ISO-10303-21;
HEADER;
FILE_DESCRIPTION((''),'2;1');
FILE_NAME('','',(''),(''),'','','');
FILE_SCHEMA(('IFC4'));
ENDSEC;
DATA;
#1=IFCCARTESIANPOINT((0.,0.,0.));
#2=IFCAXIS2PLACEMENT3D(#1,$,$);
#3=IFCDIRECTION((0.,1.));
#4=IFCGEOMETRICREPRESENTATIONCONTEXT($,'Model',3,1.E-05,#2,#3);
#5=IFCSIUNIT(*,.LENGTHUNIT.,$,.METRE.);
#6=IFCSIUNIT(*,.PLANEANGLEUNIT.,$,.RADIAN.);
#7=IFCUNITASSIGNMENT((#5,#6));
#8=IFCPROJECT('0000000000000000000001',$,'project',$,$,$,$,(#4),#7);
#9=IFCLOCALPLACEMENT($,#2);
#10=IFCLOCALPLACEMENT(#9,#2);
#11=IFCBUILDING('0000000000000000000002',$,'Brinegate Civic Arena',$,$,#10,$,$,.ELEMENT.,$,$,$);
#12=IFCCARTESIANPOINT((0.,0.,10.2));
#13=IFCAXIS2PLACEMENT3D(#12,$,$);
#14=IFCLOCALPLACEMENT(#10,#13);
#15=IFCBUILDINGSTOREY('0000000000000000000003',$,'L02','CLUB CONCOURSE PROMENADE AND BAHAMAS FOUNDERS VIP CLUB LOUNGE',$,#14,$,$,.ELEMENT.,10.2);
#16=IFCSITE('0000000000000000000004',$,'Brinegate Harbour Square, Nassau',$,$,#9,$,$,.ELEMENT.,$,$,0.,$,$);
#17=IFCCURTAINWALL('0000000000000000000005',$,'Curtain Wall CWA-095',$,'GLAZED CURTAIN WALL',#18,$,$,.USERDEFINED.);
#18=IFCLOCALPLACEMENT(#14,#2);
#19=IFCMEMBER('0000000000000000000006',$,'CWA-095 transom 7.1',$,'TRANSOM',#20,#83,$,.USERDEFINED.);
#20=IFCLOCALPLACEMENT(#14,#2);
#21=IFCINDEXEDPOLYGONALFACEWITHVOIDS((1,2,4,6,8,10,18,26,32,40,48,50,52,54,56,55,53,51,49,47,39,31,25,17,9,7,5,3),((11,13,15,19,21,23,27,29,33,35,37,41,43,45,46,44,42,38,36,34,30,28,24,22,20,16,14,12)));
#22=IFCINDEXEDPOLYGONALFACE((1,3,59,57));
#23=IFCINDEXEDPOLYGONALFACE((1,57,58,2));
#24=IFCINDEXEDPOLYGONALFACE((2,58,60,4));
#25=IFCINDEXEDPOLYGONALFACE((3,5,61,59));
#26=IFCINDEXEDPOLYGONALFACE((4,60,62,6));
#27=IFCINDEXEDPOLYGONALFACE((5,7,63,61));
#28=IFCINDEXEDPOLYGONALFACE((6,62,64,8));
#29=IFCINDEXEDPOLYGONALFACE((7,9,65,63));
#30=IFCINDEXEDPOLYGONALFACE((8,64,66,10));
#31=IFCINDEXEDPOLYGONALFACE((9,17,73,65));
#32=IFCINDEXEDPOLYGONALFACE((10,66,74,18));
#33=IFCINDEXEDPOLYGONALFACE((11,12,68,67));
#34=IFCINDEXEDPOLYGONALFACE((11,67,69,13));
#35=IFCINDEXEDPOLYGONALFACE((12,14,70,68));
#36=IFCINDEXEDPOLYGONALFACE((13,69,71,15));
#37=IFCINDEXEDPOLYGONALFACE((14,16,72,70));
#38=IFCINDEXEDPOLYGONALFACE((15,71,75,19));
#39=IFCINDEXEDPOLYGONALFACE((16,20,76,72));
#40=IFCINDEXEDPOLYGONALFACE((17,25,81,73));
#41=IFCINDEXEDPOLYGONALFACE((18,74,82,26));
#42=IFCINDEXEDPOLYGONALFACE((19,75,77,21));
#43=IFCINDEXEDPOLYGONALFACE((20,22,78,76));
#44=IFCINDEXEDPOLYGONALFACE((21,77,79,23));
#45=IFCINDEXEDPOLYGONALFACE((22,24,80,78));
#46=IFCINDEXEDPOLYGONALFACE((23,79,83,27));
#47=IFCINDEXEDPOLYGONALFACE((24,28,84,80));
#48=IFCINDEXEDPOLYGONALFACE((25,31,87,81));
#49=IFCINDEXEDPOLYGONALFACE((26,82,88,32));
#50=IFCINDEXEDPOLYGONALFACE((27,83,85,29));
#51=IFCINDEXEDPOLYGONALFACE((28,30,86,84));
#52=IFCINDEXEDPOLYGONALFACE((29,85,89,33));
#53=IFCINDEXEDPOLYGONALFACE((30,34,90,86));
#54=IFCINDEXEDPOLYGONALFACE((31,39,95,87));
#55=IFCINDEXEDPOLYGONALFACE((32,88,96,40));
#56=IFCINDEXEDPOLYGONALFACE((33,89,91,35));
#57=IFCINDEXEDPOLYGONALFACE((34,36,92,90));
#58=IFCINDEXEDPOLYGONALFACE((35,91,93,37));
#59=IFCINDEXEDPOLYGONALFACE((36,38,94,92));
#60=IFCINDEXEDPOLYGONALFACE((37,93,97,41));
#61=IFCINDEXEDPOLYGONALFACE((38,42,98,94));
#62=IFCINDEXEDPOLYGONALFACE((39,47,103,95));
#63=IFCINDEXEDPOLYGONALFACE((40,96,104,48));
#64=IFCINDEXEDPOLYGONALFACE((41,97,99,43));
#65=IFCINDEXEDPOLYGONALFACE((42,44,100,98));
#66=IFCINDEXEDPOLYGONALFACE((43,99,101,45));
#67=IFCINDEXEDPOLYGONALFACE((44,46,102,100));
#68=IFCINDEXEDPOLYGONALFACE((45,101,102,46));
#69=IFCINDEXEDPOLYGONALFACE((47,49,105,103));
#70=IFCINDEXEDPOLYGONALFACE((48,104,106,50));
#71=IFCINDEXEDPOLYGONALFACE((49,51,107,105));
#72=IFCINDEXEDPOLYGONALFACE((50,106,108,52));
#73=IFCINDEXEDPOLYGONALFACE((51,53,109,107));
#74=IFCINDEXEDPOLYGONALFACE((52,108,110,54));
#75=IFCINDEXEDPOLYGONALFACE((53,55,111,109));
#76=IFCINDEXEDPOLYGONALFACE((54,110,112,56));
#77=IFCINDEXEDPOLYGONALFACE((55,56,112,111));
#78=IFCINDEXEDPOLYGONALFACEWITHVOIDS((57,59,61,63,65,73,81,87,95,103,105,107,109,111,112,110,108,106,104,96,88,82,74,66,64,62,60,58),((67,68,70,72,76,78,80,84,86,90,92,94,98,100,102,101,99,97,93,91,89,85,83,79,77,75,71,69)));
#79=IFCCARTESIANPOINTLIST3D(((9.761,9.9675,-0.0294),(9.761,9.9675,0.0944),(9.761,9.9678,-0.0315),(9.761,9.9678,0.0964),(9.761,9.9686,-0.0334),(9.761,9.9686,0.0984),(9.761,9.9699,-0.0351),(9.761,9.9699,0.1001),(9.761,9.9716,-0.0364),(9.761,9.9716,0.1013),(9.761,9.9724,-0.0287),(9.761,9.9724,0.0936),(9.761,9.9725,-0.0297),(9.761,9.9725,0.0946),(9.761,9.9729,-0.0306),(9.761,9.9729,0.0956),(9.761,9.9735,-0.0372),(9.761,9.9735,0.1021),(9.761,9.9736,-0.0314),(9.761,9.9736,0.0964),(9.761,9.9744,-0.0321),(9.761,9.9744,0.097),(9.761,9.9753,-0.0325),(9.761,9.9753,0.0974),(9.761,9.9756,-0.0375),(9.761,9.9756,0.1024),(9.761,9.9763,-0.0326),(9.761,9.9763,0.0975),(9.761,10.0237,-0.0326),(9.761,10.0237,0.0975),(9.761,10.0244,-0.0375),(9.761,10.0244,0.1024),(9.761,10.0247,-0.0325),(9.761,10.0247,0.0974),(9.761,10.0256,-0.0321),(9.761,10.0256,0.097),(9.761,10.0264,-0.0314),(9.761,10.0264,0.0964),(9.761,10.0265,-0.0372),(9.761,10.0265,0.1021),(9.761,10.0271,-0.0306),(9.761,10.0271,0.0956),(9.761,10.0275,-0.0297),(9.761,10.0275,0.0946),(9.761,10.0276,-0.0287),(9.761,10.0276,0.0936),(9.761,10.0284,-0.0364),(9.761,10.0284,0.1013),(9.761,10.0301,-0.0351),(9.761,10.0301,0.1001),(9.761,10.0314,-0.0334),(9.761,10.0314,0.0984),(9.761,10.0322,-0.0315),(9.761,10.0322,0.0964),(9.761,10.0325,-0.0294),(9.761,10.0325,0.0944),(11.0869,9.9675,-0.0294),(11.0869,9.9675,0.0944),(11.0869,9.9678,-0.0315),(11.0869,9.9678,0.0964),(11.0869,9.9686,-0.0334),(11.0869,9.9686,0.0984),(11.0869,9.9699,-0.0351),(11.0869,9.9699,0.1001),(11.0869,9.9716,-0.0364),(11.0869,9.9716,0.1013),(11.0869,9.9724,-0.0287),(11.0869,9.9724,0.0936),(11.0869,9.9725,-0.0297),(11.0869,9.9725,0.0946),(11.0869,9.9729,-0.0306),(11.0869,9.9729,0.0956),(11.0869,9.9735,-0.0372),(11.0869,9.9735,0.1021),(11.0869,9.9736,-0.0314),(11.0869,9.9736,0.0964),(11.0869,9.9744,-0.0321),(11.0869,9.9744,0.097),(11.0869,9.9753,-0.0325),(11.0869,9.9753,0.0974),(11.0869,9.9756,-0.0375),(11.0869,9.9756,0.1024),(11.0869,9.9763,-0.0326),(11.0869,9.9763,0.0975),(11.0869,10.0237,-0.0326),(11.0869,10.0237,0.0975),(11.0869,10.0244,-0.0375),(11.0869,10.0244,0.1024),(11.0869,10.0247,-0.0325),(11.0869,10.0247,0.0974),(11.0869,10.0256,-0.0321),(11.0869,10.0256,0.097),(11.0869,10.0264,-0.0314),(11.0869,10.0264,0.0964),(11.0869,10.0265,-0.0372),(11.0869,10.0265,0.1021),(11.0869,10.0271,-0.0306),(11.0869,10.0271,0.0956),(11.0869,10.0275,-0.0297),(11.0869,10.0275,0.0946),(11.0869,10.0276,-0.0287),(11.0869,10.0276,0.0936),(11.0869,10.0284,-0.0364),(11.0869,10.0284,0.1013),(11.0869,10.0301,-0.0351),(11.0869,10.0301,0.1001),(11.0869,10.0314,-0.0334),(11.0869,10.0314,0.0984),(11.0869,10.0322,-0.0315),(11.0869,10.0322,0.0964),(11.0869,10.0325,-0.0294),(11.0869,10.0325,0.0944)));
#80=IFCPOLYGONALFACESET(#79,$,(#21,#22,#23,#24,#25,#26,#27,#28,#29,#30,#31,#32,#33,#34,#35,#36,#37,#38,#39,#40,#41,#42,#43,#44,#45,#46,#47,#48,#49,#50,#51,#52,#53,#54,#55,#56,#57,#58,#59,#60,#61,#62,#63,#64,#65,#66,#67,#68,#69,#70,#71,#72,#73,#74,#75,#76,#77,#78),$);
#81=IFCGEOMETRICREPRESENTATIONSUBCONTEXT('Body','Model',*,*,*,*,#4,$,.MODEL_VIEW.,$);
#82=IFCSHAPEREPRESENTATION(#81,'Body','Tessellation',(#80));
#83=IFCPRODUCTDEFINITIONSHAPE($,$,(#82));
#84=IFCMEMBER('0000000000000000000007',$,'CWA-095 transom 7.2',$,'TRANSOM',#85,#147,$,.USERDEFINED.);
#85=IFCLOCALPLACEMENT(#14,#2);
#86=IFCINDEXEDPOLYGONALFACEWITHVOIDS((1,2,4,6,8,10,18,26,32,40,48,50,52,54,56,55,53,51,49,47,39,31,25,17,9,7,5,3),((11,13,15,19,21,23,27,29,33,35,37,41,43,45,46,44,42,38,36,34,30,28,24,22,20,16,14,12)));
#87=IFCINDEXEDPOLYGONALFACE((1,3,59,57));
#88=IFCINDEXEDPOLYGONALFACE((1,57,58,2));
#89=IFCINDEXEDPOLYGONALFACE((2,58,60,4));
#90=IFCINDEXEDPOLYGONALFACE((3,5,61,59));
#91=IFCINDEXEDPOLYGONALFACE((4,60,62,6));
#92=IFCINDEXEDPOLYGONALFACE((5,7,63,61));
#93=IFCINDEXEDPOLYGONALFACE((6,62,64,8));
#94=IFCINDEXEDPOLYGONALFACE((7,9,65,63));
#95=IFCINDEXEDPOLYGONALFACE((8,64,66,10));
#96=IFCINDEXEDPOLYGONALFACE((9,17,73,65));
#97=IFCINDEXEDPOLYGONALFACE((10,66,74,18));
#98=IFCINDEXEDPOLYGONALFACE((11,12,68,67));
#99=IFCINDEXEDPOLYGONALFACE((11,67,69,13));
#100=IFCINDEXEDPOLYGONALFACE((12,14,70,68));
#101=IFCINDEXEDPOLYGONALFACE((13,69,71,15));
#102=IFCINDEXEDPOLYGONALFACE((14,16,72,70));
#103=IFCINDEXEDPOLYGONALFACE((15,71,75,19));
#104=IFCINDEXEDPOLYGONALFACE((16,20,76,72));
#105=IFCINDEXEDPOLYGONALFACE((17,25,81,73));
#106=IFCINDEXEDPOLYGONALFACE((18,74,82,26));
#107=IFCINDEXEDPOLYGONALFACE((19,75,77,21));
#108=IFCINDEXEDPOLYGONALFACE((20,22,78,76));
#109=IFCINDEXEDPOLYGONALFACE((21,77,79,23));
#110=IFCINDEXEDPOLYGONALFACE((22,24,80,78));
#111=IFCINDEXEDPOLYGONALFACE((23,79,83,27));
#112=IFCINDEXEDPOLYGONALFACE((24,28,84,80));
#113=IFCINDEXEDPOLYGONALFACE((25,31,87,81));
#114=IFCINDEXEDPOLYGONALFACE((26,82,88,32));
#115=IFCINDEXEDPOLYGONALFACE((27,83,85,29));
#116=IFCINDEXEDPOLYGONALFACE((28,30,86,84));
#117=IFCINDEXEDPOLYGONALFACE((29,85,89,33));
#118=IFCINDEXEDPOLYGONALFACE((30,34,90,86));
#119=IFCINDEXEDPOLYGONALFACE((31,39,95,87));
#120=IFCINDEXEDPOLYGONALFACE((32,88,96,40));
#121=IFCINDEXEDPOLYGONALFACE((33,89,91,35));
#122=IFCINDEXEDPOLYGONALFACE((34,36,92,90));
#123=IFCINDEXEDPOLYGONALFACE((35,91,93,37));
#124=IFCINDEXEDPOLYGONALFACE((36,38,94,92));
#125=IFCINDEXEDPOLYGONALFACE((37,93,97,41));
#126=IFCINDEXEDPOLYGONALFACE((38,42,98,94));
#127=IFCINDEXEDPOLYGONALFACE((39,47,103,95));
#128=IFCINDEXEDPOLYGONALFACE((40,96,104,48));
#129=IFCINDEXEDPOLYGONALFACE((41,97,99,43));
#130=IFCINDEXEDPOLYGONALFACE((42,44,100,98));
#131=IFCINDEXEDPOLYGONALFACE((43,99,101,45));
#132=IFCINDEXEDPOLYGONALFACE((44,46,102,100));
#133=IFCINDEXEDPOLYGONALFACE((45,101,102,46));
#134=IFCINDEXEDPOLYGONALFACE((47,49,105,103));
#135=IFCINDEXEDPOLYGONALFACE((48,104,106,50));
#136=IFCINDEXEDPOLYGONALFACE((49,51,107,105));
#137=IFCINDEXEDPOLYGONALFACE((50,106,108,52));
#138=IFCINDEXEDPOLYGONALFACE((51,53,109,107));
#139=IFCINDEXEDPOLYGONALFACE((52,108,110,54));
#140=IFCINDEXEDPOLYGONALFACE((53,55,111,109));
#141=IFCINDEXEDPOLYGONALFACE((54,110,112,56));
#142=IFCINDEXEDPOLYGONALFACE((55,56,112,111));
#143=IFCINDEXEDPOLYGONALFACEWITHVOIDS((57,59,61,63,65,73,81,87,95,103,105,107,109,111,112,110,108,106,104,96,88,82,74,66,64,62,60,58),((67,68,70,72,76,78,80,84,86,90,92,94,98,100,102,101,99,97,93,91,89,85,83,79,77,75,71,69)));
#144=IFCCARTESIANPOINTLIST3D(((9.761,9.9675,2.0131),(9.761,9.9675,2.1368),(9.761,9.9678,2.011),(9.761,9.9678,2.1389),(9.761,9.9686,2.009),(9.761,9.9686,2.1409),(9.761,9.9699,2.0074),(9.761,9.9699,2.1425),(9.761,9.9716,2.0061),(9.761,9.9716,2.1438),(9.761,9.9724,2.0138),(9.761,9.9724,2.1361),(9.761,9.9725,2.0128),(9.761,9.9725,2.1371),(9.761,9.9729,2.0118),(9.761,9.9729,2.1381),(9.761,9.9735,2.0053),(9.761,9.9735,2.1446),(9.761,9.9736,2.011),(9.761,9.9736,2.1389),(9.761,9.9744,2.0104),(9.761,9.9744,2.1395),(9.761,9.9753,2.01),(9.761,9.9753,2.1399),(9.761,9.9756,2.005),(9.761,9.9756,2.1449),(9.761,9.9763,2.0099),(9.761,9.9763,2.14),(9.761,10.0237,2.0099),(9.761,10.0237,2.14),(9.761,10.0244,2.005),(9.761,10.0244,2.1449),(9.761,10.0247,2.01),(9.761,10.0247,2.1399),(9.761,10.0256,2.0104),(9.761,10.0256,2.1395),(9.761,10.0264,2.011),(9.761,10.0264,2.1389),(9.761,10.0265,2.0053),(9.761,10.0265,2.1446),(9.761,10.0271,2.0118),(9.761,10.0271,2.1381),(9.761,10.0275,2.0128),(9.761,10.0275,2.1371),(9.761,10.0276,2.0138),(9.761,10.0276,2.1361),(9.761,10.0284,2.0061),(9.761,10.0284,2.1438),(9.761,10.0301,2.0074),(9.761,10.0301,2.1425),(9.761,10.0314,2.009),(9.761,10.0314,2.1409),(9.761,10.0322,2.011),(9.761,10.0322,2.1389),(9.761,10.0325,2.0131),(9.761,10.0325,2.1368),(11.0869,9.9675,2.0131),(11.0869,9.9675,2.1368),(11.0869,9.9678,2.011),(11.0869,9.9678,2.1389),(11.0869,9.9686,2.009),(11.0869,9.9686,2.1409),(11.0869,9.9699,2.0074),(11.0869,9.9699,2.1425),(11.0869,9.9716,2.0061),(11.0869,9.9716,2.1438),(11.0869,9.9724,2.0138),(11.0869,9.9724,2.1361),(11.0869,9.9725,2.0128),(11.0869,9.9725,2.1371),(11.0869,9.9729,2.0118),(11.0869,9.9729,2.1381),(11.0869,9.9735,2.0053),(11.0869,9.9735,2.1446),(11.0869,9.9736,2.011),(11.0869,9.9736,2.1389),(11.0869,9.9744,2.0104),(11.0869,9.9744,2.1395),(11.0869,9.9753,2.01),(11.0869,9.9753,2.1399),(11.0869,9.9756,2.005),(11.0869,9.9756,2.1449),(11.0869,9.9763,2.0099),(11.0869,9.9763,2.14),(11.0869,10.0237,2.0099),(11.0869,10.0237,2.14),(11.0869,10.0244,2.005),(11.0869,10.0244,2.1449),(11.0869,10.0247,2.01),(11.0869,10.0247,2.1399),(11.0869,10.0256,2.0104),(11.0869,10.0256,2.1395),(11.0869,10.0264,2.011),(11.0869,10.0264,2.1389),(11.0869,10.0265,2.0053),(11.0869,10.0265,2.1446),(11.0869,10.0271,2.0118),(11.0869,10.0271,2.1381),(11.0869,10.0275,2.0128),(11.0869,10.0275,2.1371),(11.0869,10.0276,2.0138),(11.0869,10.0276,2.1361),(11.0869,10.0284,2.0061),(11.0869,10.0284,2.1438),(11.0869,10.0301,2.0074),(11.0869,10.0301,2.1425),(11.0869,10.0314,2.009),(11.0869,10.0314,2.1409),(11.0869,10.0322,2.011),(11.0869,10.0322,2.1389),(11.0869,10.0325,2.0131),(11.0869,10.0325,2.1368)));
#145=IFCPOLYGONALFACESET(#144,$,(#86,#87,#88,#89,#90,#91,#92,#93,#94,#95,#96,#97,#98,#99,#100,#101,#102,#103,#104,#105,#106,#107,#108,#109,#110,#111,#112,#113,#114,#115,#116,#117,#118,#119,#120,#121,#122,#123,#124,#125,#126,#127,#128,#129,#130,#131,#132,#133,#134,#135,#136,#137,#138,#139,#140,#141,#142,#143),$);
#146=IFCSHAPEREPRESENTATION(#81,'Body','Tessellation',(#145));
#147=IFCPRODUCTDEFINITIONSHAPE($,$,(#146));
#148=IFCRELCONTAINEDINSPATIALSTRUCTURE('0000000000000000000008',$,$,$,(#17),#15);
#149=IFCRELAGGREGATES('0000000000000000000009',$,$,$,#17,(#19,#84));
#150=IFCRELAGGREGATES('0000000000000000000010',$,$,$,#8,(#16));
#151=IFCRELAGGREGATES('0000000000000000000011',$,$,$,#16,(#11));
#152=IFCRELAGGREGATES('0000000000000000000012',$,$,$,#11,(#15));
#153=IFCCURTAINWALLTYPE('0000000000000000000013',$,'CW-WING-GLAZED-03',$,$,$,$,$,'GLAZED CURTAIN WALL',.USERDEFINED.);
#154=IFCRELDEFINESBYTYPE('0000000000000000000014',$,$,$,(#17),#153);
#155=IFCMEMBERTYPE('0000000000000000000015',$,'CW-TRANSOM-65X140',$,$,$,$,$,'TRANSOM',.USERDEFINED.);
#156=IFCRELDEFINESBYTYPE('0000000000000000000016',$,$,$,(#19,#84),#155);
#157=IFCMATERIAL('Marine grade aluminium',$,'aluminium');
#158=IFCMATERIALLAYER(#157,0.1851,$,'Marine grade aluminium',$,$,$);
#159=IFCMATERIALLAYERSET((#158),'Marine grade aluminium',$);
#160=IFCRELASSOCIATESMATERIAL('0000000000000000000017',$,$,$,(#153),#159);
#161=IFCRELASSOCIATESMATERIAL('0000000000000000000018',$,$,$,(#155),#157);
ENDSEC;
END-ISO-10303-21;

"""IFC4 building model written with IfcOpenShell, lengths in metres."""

from ifc_helpers import new_model, si_unit, direction, frame, origin, origin_2d, place, context, subcontext, project, spatial, hollow_rectangle, extrude, material, layer, layer_set, material_profile, profile_set, type_object, element, aggregate, save


model = new_model("IFC4")

# Units and contexts
model_context = context("Model", 3, precision=1e-05, world=origin(), true_north=direction((0.0, 1.0)))
body_context = subcontext(model_context, "Body", "Model", "MODEL_VIEW")
ifc_project = project(units=[si_unit("LENGTHUNIT", "METRE"), si_unit("PLANEANGLEUNIT", "RADIAN")], contexts=[model_context])

# Site, building, storey
site_placement = place(None, origin())
site = spatial("IfcSite", under=ifc_project, at=site_placement, Name="Brinegate Harbour Square, Nassau", CompositionType="ELEMENT", RefElevation=0.0)
building_placement = place(site_placement, origin())
building = spatial("IfcBuilding", under=site, at=building_placement, Name="Brinegate Civic Arena", CompositionType="ELEMENT")
storey_placement = place(building_placement, frame((0.0, 0.0, 10.2)))
storey = spatial("IfcBuildingStorey", under=building, at=storey_placement, Name="L02", Description="CLUB CONCOURSE PROMENADE AND BAHAMAS FOUNDERS VIP CLUB LOUNGE", CompositionType="ELEMENT", Elevation=10.2)

# Curtain wall, members
ifc_material_1 = material(Name="Marine grade aluminium", Category="aluminium")
ifc_layer_1 = layer(ifc_material_1, 0.1851, Name="Marine grade aluminium")
ifc_layer_set_1 = layer_set([ifc_layer_1], Name="Marine grade aluminium")
curtain_wall_type = type_object("IfcCurtainWallType", Name="CW-WING-GLAZED-03", ElementType="GLAZED CURTAIN WALL", PredefinedType="USERDEFINED", material=ifc_layer_set_1)
curtain_wall_placement = place(storey_placement, origin())
curtain_wall = element("IfcCurtainWall", 1, at=curtain_wall_placement, inside=storey, type_object=curtain_wall_type, Name="Curtain Wall CWA-095", ObjectType="GLAZED CURTAIN WALL", PredefinedType="USERDEFINED")
ifc_material_profile_1 = material_profile(ifc_material_1, hollow_rectangle(XDim=0.0649, YDim=0.1399, WallThickness=0.0049, InnerFilletRadius=0.0039, OuterFilletRadius=0.0081, at=origin_2d()), Name="TRN65X140")
ifc_profile_set_1 = profile_set([ifc_material_profile_1], Name="Marine grade aluminium")
member_type_1 = type_object("IfcMemberType", Name="CW-TRANSOM-65X140", ElementType="TRANSOM", PredefinedType="USERDEFINED", material=ifc_profile_set_1)
member_1_placement = place(storey_placement, frame((9.761, 10.0, 0.0325), z_axis=(1.0, 0.0, 0.0), x_axis=(0.0, 1.0, 0.0)))
member_1 = element("IfcMember", 2, at=member_1_placement, type_object=member_type_1, Name="CWA-095 transom 7.1", ObjectType="TRANSOM", PredefinedType="USERDEFINED", context=body_context, shape_type="SweptSolid", body=[
    extrude(hollow_rectangle(XDim=0.0649, YDim=0.1399, WallThickness=0.0049, InnerFilletRadius=0.0039, OuterFilletRadius=0.0081, at=origin_2d()), origin(), (0.0, 0.0, 1.0), 1.3259),
])
member_2_placement = place(storey_placement, frame((9.761, 10.0, 2.075), z_axis=(1.0, 0.0, 0.0), x_axis=(0.0, 1.0, 0.0)))
member_2 = element("IfcMember", 3, at=member_2_placement, type_object=member_type_1, Name="CWA-095 transom 7.2", ObjectType="TRANSOM", PredefinedType="USERDEFINED", context=body_context, shape_type="SweptSolid", body=[
    extrude(hollow_rectangle(XDim=0.0649, YDim=0.1399, WallThickness=0.0049, InnerFilletRadius=0.0039, OuterFilletRadius=0.0081, at=origin_2d()), origin(), (0.0, 0.0, 1.0), 1.3259),
])
aggregate(curtain_wall, [member_1, member_2])

save(model, "model.ifc")
